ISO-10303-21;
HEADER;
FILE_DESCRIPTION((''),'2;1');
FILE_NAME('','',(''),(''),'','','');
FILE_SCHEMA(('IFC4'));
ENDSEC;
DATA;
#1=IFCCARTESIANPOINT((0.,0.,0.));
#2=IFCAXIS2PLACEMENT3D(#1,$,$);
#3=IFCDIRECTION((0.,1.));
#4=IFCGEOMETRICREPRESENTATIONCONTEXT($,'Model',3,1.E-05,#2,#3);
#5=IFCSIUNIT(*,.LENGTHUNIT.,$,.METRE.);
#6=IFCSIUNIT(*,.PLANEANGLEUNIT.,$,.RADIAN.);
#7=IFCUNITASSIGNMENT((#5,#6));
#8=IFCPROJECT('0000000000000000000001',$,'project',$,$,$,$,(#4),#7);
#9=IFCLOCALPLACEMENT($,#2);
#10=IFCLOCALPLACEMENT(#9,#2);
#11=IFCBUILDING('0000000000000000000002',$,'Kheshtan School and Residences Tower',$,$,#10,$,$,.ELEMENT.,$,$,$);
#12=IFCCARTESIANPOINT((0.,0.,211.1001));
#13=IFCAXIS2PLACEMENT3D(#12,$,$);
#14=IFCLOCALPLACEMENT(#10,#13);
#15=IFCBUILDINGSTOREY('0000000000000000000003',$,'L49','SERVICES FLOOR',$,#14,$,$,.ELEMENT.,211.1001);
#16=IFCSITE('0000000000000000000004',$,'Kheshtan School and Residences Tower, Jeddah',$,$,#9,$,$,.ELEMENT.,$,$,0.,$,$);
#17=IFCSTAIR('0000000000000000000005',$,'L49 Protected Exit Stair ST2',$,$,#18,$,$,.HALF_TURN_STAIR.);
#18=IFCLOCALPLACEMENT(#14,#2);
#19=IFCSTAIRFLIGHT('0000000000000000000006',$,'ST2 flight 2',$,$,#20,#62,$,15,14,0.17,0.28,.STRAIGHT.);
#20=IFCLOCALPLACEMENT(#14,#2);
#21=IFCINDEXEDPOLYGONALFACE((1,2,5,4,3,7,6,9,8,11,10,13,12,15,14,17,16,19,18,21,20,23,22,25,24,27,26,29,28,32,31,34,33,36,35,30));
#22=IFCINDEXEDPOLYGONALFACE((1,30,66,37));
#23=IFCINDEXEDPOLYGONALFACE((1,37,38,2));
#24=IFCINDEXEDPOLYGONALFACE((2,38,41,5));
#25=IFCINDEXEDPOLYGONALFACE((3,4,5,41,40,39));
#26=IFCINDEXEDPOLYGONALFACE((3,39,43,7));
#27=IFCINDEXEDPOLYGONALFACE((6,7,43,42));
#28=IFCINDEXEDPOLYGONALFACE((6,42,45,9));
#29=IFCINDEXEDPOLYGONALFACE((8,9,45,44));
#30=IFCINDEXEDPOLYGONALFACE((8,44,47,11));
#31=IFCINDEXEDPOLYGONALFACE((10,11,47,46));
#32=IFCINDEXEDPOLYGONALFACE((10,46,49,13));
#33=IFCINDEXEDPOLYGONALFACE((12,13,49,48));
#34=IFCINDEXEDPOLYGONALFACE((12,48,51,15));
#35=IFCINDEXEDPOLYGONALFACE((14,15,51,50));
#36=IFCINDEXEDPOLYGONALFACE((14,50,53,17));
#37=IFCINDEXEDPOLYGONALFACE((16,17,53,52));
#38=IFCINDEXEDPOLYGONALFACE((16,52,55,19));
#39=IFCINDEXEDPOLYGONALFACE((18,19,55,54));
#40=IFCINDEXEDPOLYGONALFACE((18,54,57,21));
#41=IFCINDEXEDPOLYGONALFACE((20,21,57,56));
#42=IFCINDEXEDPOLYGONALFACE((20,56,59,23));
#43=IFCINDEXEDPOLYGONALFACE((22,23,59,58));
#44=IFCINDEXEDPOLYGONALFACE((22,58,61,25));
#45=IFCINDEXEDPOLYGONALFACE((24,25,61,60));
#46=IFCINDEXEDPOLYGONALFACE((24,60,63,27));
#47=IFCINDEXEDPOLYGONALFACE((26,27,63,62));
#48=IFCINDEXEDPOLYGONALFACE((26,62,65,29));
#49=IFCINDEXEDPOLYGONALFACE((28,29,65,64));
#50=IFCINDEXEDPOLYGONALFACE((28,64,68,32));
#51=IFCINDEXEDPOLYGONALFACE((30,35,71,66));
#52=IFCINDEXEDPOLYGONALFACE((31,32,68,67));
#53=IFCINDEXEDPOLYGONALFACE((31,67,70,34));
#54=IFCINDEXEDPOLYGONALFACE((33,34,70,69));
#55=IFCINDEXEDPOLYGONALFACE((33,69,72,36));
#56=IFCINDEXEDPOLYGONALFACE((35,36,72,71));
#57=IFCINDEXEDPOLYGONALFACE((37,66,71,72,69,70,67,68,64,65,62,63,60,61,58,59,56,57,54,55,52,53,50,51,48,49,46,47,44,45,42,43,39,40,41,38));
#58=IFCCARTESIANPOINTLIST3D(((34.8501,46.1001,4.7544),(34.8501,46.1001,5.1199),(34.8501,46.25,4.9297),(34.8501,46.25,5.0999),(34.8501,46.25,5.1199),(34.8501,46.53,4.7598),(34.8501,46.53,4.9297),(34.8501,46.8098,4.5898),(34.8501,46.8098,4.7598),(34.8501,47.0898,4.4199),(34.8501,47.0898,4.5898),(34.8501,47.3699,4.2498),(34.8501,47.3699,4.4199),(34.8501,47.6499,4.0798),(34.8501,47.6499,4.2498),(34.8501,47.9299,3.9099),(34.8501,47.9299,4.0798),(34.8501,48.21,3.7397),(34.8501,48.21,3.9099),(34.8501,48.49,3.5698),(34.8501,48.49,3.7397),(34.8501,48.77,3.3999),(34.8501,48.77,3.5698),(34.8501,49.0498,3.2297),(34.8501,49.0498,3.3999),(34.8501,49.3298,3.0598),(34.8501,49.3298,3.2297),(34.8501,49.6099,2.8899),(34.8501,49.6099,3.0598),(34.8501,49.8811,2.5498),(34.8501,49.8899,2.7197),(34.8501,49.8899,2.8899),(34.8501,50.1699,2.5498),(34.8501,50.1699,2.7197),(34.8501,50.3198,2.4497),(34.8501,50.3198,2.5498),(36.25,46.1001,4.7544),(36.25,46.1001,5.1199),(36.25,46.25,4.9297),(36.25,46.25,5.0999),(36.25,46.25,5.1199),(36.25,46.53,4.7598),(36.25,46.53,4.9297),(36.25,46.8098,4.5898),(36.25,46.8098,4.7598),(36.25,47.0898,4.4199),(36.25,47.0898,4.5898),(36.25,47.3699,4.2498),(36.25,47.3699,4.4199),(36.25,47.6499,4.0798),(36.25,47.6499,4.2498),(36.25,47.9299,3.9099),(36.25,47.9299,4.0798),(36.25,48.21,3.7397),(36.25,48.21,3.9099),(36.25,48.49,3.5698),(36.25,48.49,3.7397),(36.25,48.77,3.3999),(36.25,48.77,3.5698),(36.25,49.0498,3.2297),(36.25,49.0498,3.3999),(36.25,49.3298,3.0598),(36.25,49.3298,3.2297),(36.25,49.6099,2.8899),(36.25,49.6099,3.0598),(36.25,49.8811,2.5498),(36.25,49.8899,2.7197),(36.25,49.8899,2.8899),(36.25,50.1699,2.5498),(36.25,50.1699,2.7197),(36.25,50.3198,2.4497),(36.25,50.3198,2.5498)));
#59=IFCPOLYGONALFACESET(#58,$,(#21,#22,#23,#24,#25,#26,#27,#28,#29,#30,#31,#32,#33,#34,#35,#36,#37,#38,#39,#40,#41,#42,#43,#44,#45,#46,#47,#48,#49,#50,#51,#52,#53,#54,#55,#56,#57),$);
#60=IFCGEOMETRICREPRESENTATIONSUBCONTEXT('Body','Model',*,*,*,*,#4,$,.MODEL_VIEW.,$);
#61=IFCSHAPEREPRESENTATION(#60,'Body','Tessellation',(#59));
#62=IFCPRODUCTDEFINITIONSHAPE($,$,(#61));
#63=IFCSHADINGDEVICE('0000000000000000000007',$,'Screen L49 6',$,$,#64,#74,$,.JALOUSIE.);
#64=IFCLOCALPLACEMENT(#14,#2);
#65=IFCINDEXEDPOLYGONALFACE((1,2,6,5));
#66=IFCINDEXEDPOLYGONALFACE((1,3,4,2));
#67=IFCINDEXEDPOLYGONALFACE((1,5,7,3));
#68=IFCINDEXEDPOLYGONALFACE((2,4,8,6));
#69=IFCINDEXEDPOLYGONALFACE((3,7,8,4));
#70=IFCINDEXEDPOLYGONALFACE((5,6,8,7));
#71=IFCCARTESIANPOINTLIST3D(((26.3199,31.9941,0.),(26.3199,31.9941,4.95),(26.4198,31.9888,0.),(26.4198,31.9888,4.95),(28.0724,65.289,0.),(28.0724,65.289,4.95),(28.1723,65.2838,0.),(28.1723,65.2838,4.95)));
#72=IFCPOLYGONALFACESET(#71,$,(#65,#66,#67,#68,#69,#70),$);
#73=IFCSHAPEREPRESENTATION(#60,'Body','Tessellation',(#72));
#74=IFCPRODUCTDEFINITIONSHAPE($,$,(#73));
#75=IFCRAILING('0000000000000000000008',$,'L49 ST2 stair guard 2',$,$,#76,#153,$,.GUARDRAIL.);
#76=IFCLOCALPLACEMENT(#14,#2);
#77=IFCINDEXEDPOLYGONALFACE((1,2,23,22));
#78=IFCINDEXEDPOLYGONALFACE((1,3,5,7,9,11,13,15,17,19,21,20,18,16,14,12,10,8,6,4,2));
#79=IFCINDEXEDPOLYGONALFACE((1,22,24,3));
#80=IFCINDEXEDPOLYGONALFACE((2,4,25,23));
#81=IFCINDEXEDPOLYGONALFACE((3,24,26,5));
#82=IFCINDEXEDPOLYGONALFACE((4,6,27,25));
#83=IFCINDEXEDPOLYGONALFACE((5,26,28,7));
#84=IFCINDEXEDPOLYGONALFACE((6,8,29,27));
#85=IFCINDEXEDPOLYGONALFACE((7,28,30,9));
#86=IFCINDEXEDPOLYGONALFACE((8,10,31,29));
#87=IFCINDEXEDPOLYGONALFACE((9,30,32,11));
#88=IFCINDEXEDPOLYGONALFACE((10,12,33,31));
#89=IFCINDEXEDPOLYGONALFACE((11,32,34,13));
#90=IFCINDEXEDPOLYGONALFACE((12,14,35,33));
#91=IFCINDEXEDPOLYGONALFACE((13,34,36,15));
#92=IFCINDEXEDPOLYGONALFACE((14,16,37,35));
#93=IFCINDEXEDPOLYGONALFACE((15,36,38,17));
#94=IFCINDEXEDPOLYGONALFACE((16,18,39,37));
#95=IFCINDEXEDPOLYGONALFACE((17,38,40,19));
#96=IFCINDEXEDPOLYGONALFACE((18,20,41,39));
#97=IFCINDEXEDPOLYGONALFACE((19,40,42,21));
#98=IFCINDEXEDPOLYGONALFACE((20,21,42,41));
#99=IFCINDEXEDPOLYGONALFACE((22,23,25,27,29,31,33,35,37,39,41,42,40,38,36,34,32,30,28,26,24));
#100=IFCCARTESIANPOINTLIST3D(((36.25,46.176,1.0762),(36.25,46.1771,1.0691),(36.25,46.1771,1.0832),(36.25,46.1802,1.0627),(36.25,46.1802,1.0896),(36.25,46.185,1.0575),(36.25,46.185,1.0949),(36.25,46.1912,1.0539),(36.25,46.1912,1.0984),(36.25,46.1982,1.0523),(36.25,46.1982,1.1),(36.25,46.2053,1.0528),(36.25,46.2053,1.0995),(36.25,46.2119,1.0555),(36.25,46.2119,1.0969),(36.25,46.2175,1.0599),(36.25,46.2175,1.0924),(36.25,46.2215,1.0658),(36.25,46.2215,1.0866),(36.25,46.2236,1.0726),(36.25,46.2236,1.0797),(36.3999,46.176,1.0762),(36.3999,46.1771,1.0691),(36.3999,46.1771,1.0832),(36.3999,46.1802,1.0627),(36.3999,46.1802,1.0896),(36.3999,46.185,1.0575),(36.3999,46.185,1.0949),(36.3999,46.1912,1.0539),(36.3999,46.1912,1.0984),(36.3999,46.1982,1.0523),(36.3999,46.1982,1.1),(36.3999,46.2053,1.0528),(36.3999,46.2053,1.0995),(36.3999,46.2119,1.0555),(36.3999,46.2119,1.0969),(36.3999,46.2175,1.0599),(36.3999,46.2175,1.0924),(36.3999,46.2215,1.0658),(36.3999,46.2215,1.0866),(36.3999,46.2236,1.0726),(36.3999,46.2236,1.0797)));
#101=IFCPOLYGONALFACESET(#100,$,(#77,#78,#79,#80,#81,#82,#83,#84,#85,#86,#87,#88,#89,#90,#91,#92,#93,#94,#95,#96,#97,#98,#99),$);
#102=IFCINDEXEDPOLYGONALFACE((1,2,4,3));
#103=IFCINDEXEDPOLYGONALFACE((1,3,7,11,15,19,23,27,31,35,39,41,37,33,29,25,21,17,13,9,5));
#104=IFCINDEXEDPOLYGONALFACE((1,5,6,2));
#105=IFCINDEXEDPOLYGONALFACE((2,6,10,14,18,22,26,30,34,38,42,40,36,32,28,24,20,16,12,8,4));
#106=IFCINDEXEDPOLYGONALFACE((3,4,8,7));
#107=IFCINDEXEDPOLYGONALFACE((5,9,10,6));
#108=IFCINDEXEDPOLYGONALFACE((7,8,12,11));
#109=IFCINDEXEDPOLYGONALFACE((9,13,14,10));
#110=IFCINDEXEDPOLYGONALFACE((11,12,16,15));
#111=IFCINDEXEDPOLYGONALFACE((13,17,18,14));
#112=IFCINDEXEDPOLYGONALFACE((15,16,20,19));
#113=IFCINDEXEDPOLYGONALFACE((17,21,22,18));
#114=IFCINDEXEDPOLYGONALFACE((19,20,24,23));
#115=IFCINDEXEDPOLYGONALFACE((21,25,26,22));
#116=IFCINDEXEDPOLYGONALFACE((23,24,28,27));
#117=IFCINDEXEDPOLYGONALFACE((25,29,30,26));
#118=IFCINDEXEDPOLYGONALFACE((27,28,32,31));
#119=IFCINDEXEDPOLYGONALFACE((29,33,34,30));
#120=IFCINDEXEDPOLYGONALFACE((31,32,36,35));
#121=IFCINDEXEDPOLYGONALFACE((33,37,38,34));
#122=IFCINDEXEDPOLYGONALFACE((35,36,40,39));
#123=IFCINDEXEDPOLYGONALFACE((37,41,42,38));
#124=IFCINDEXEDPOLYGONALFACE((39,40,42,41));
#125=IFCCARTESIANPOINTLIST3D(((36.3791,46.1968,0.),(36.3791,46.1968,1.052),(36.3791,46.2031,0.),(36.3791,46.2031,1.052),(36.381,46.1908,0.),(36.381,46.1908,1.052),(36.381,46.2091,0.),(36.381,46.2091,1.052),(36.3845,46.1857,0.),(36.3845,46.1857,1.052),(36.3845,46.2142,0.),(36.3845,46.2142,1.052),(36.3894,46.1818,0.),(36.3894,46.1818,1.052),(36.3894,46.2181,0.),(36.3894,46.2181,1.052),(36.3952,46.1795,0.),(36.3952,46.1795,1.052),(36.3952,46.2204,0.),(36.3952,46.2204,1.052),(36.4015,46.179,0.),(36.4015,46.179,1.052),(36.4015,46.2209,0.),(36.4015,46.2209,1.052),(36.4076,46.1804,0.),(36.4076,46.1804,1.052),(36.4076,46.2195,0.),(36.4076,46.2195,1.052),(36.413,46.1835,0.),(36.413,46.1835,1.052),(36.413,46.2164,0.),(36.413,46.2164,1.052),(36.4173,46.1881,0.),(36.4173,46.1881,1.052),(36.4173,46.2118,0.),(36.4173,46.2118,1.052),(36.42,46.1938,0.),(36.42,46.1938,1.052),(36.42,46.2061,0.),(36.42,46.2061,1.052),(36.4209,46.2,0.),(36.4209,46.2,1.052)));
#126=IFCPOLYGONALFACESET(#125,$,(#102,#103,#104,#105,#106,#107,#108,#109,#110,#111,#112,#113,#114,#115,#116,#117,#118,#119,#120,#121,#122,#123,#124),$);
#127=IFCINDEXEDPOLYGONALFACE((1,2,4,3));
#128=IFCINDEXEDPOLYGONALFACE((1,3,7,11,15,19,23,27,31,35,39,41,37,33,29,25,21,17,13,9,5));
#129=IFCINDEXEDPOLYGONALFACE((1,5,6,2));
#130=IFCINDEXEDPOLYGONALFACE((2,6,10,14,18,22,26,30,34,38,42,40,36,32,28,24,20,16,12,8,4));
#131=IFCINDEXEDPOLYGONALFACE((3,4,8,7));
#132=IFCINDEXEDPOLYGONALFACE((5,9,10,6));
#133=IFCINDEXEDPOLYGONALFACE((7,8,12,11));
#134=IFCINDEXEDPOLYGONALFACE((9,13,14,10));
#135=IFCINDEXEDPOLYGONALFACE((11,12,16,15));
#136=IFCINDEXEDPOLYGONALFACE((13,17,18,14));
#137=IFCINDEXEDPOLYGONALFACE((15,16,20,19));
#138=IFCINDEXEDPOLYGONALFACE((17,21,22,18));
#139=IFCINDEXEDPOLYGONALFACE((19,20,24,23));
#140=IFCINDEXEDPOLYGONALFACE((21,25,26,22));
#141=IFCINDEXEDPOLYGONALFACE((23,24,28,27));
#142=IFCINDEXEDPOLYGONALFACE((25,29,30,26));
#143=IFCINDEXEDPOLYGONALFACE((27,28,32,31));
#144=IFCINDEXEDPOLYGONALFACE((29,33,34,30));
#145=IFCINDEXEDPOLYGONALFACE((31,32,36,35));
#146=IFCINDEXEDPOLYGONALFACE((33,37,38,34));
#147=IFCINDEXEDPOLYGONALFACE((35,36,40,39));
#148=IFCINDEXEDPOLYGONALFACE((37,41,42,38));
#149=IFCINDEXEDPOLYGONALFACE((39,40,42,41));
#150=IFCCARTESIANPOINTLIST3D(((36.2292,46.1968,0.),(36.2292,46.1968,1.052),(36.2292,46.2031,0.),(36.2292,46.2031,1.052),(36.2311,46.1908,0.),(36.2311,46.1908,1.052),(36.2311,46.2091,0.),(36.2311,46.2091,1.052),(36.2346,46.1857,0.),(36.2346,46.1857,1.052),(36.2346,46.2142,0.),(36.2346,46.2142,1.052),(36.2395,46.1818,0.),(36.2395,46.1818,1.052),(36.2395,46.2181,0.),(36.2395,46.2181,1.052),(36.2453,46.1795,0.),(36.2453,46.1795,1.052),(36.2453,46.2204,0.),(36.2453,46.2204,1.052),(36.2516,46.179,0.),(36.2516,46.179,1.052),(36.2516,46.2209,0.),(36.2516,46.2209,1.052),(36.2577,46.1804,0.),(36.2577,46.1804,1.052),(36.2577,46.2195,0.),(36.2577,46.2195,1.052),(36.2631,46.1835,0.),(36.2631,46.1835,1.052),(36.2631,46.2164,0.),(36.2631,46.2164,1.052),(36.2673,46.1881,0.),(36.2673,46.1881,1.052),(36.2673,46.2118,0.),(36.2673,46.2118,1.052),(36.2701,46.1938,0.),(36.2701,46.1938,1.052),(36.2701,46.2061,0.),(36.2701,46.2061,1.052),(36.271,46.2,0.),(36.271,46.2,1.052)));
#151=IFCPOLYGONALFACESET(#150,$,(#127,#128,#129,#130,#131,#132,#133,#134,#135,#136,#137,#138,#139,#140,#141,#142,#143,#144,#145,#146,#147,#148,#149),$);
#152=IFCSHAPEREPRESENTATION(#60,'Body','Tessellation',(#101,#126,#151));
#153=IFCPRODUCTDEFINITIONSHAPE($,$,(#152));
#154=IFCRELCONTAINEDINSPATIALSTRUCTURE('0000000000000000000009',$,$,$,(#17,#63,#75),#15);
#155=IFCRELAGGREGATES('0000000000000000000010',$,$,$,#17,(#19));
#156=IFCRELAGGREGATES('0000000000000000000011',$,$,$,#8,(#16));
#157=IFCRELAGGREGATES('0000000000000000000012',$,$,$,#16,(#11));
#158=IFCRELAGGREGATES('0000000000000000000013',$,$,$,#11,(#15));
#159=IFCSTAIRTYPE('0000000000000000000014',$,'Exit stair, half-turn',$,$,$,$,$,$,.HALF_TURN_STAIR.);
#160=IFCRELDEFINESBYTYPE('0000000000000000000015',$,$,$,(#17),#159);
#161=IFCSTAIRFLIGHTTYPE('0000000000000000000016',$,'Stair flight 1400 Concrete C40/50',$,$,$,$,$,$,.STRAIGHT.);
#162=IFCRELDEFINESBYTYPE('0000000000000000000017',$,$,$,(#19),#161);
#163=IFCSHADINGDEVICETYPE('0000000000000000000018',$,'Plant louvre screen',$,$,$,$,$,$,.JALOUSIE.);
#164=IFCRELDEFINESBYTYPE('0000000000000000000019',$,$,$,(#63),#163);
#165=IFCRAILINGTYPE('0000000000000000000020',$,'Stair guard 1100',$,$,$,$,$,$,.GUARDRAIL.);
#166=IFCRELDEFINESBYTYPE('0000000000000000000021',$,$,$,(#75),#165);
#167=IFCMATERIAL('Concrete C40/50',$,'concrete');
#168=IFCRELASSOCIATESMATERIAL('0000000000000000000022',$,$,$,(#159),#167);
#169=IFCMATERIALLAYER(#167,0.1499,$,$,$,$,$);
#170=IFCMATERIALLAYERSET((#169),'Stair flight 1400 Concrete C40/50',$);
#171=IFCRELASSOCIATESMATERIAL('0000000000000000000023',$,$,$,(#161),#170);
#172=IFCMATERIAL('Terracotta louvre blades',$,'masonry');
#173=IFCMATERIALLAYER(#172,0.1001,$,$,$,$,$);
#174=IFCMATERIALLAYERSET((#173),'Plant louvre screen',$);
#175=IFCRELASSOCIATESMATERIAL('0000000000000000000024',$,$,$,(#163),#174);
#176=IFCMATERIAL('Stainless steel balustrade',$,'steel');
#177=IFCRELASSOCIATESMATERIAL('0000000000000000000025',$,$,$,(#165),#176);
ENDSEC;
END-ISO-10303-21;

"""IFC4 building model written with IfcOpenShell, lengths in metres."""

from ifc_helpers import new_model, si_unit, direction, frame, origin, origin_2d, place, context, subcontext, project, spatial, polyline, rectangle, circle, outline, extrude, material, layer, layer_set, type_object, element, aggregate, save


model = new_model("IFC4")

# Units and contexts
model_context = context("Model", 3, precision=1e-05, world=origin(), true_north=direction((0.0, 1.0)))
body_context = subcontext(model_context, "Body", "Model", "MODEL_VIEW")
ifc_project = project(units=[si_unit("LENGTHUNIT", "METRE"), si_unit("PLANEANGLEUNIT", "RADIAN")], contexts=[model_context])

# Site, building, storey
site_placement = place(None, origin())
site = spatial("IfcSite", under=ifc_project, at=site_placement, Name="Kheshtan School and Residences Tower, Jeddah", CompositionType="ELEMENT", RefElevation=0.0)
building_placement = place(site_placement, origin())
building = spatial("IfcBuilding", under=site, at=building_placement, Name="Kheshtan School and Residences Tower", CompositionType="ELEMENT")
storey_placement = place(building_placement, frame((0.0, 0.0, 211.1001)))
storey = spatial("IfcBuildingStorey", under=building, at=storey_placement, Name="L49", Description="SERVICES FLOOR", CompositionType="ELEMENT", Elevation=211.1001)

# Shared definitions
ifc_material_1 = material(Name="Concrete C40/50", Category="concrete")

# Stair, stair flight
stair_type = type_object("IfcStairType", Name="Exit stair, half-turn", PredefinedType="HALF_TURN_STAIR", material=ifc_material_1)
stair_placement = place(storey_placement, origin())
stair = element("IfcStair", 1, at=stair_placement, inside=storey, type_object=stair_type, Name="L49 Protected Exit Stair ST2", PredefinedType="HALF_TURN_STAIR")
ifc_layer_1 = layer(ifc_material_1, 0.1499)
ifc_layer_set_1 = layer_set([ifc_layer_1], Name="Stair flight 1400 Concrete C40/50")
stair_flight_type = type_object("IfcStairFlightType", Name="Stair flight 1400 Concrete C40/50", PredefinedType="STRAIGHT", material=ifc_layer_set_1)
stair_flight_1_placement = place(storey_placement, frame((35.55, 50.1699, 2.5498), z_axis=(0.0, 0.0, 1.0), x_axis=(0.0, -1.0, 0.0)))
stair_flight_1 = element("IfcStairFlight", 2, at=stair_flight_1_placement, type_object=stair_flight_type, Name="ST2 flight 2", NumberOfRisers=15, NumberOfTreads=14, PredefinedType="STRAIGHT", RiserHeight=0.17, TreadLength=0.28, context=body_context, shape_type="SweptSolid", body=[
    extrude(outline(polyline([(-0.1499, -0.1001), (-0.1499, 0.0), (0.0, 0.0), (0.0, 0.1699), (0.28, 0.1699), (0.28, 0.3401), (0.5601, 0.3401), (0.5601, 0.51), (0.8401, 0.51), (0.8401, 0.6799), (1.1201, 0.6799), (1.1201, 0.8501), (1.3999, 0.8501), (1.3999, 1.02), (1.6799, 1.02), (1.6799, 1.1899), (1.96, 1.1899), (1.96, 1.3601), (2.24, 1.3601), (2.24, 1.53), (2.52, 1.53), (2.52, 1.7), (2.8, 1.7), (2.8, 1.8701), (3.0801, 1.8701), (3.0801, 2.04), (3.3601, 2.04), (3.3601, 2.21), (3.6399, 2.21), (3.6399, 2.3799), (3.9199, 2.3799), (3.9199, 2.55), (3.9199, 2.5701), (4.0698, 2.5701), (4.0698, 2.2046), (0.2888, 0.0), (-0.1499, -0.1001)])), frame((0.0, 0.7, 0.0), z_axis=(0.0, -1.0, 0.0), x_axis=(1.0, 0.0, 0.0)), (0.0, 0.0, 1.0), 1.3999),
])
aggregate(stair, [stair_flight_1])

# Shading device
ifc_material_2 = material(Name="Terracotta louvre blades", Category="masonry")
ifc_layer_2 = layer(ifc_material_2, 0.1001)
ifc_layer_set_2 = layer_set([ifc_layer_2], Name="Plant louvre screen")
shading_device_type = type_object("IfcShadingDeviceType", Name="Plant louvre screen", PredefinedType="JALOUSIE", material=ifc_layer_set_2)
shading_device_placement = place(storey_placement, frame((27.2461, 48.6389, 0.0), z_axis=(0.0, 0.0, 1.0), x_axis=(0.052563, 0.998618, 0.0)))
element("IfcShadingDevice", 3, at=shading_device_placement, inside=storey, type_object=shading_device_type, Name="Screen L49 6", PredefinedType="JALOUSIE", context=body_context, shape_type="SweptSolid", body=[
    extrude(rectangle(XDim=33.3411, YDim=0.1001, at=origin_2d()), origin(), (0.0, 0.0, 1.0), 4.95),
])

# Railing
ifc_material_3 = material(Name="Stainless steel balustrade", Category="steel")
railing_type_1 = type_object("IfcRailingType", Name="Stair guard 1100", PredefinedType="GUARDRAIL", material=ifc_material_3)
railing_1_placement = place(storey_placement, frame((36.3999, 46.2, 0.0)))
element("IfcRailing", 4, at=railing_1_placement, inside=storey, type_object=railing_type_1, Name="L49 ST2 stair guard 2", PredefinedType="GUARDRAIL", context=body_context, shape_type="SweptSolid", body=[
    extrude(circle(Radius=0.0239, at=origin_2d()), frame((0.0, 0.0, 1.0762), z_axis=(-1.0, 0.0, 0.0), x_axis=(0.0, -1.0, 0.0)), (0.0, 0.0, 1.0), 0.1499),
    extrude(circle(Radius=0.021, at=origin_2d()), origin(), (0.0, 0.0, 1.0), 1.052),
    extrude(circle(Radius=0.021, at=origin_2d()), frame((-0.1499, 0.0, 0.0)), (0.0, 0.0, 1.0), 1.052),
])

save(model, "model.ifc")
